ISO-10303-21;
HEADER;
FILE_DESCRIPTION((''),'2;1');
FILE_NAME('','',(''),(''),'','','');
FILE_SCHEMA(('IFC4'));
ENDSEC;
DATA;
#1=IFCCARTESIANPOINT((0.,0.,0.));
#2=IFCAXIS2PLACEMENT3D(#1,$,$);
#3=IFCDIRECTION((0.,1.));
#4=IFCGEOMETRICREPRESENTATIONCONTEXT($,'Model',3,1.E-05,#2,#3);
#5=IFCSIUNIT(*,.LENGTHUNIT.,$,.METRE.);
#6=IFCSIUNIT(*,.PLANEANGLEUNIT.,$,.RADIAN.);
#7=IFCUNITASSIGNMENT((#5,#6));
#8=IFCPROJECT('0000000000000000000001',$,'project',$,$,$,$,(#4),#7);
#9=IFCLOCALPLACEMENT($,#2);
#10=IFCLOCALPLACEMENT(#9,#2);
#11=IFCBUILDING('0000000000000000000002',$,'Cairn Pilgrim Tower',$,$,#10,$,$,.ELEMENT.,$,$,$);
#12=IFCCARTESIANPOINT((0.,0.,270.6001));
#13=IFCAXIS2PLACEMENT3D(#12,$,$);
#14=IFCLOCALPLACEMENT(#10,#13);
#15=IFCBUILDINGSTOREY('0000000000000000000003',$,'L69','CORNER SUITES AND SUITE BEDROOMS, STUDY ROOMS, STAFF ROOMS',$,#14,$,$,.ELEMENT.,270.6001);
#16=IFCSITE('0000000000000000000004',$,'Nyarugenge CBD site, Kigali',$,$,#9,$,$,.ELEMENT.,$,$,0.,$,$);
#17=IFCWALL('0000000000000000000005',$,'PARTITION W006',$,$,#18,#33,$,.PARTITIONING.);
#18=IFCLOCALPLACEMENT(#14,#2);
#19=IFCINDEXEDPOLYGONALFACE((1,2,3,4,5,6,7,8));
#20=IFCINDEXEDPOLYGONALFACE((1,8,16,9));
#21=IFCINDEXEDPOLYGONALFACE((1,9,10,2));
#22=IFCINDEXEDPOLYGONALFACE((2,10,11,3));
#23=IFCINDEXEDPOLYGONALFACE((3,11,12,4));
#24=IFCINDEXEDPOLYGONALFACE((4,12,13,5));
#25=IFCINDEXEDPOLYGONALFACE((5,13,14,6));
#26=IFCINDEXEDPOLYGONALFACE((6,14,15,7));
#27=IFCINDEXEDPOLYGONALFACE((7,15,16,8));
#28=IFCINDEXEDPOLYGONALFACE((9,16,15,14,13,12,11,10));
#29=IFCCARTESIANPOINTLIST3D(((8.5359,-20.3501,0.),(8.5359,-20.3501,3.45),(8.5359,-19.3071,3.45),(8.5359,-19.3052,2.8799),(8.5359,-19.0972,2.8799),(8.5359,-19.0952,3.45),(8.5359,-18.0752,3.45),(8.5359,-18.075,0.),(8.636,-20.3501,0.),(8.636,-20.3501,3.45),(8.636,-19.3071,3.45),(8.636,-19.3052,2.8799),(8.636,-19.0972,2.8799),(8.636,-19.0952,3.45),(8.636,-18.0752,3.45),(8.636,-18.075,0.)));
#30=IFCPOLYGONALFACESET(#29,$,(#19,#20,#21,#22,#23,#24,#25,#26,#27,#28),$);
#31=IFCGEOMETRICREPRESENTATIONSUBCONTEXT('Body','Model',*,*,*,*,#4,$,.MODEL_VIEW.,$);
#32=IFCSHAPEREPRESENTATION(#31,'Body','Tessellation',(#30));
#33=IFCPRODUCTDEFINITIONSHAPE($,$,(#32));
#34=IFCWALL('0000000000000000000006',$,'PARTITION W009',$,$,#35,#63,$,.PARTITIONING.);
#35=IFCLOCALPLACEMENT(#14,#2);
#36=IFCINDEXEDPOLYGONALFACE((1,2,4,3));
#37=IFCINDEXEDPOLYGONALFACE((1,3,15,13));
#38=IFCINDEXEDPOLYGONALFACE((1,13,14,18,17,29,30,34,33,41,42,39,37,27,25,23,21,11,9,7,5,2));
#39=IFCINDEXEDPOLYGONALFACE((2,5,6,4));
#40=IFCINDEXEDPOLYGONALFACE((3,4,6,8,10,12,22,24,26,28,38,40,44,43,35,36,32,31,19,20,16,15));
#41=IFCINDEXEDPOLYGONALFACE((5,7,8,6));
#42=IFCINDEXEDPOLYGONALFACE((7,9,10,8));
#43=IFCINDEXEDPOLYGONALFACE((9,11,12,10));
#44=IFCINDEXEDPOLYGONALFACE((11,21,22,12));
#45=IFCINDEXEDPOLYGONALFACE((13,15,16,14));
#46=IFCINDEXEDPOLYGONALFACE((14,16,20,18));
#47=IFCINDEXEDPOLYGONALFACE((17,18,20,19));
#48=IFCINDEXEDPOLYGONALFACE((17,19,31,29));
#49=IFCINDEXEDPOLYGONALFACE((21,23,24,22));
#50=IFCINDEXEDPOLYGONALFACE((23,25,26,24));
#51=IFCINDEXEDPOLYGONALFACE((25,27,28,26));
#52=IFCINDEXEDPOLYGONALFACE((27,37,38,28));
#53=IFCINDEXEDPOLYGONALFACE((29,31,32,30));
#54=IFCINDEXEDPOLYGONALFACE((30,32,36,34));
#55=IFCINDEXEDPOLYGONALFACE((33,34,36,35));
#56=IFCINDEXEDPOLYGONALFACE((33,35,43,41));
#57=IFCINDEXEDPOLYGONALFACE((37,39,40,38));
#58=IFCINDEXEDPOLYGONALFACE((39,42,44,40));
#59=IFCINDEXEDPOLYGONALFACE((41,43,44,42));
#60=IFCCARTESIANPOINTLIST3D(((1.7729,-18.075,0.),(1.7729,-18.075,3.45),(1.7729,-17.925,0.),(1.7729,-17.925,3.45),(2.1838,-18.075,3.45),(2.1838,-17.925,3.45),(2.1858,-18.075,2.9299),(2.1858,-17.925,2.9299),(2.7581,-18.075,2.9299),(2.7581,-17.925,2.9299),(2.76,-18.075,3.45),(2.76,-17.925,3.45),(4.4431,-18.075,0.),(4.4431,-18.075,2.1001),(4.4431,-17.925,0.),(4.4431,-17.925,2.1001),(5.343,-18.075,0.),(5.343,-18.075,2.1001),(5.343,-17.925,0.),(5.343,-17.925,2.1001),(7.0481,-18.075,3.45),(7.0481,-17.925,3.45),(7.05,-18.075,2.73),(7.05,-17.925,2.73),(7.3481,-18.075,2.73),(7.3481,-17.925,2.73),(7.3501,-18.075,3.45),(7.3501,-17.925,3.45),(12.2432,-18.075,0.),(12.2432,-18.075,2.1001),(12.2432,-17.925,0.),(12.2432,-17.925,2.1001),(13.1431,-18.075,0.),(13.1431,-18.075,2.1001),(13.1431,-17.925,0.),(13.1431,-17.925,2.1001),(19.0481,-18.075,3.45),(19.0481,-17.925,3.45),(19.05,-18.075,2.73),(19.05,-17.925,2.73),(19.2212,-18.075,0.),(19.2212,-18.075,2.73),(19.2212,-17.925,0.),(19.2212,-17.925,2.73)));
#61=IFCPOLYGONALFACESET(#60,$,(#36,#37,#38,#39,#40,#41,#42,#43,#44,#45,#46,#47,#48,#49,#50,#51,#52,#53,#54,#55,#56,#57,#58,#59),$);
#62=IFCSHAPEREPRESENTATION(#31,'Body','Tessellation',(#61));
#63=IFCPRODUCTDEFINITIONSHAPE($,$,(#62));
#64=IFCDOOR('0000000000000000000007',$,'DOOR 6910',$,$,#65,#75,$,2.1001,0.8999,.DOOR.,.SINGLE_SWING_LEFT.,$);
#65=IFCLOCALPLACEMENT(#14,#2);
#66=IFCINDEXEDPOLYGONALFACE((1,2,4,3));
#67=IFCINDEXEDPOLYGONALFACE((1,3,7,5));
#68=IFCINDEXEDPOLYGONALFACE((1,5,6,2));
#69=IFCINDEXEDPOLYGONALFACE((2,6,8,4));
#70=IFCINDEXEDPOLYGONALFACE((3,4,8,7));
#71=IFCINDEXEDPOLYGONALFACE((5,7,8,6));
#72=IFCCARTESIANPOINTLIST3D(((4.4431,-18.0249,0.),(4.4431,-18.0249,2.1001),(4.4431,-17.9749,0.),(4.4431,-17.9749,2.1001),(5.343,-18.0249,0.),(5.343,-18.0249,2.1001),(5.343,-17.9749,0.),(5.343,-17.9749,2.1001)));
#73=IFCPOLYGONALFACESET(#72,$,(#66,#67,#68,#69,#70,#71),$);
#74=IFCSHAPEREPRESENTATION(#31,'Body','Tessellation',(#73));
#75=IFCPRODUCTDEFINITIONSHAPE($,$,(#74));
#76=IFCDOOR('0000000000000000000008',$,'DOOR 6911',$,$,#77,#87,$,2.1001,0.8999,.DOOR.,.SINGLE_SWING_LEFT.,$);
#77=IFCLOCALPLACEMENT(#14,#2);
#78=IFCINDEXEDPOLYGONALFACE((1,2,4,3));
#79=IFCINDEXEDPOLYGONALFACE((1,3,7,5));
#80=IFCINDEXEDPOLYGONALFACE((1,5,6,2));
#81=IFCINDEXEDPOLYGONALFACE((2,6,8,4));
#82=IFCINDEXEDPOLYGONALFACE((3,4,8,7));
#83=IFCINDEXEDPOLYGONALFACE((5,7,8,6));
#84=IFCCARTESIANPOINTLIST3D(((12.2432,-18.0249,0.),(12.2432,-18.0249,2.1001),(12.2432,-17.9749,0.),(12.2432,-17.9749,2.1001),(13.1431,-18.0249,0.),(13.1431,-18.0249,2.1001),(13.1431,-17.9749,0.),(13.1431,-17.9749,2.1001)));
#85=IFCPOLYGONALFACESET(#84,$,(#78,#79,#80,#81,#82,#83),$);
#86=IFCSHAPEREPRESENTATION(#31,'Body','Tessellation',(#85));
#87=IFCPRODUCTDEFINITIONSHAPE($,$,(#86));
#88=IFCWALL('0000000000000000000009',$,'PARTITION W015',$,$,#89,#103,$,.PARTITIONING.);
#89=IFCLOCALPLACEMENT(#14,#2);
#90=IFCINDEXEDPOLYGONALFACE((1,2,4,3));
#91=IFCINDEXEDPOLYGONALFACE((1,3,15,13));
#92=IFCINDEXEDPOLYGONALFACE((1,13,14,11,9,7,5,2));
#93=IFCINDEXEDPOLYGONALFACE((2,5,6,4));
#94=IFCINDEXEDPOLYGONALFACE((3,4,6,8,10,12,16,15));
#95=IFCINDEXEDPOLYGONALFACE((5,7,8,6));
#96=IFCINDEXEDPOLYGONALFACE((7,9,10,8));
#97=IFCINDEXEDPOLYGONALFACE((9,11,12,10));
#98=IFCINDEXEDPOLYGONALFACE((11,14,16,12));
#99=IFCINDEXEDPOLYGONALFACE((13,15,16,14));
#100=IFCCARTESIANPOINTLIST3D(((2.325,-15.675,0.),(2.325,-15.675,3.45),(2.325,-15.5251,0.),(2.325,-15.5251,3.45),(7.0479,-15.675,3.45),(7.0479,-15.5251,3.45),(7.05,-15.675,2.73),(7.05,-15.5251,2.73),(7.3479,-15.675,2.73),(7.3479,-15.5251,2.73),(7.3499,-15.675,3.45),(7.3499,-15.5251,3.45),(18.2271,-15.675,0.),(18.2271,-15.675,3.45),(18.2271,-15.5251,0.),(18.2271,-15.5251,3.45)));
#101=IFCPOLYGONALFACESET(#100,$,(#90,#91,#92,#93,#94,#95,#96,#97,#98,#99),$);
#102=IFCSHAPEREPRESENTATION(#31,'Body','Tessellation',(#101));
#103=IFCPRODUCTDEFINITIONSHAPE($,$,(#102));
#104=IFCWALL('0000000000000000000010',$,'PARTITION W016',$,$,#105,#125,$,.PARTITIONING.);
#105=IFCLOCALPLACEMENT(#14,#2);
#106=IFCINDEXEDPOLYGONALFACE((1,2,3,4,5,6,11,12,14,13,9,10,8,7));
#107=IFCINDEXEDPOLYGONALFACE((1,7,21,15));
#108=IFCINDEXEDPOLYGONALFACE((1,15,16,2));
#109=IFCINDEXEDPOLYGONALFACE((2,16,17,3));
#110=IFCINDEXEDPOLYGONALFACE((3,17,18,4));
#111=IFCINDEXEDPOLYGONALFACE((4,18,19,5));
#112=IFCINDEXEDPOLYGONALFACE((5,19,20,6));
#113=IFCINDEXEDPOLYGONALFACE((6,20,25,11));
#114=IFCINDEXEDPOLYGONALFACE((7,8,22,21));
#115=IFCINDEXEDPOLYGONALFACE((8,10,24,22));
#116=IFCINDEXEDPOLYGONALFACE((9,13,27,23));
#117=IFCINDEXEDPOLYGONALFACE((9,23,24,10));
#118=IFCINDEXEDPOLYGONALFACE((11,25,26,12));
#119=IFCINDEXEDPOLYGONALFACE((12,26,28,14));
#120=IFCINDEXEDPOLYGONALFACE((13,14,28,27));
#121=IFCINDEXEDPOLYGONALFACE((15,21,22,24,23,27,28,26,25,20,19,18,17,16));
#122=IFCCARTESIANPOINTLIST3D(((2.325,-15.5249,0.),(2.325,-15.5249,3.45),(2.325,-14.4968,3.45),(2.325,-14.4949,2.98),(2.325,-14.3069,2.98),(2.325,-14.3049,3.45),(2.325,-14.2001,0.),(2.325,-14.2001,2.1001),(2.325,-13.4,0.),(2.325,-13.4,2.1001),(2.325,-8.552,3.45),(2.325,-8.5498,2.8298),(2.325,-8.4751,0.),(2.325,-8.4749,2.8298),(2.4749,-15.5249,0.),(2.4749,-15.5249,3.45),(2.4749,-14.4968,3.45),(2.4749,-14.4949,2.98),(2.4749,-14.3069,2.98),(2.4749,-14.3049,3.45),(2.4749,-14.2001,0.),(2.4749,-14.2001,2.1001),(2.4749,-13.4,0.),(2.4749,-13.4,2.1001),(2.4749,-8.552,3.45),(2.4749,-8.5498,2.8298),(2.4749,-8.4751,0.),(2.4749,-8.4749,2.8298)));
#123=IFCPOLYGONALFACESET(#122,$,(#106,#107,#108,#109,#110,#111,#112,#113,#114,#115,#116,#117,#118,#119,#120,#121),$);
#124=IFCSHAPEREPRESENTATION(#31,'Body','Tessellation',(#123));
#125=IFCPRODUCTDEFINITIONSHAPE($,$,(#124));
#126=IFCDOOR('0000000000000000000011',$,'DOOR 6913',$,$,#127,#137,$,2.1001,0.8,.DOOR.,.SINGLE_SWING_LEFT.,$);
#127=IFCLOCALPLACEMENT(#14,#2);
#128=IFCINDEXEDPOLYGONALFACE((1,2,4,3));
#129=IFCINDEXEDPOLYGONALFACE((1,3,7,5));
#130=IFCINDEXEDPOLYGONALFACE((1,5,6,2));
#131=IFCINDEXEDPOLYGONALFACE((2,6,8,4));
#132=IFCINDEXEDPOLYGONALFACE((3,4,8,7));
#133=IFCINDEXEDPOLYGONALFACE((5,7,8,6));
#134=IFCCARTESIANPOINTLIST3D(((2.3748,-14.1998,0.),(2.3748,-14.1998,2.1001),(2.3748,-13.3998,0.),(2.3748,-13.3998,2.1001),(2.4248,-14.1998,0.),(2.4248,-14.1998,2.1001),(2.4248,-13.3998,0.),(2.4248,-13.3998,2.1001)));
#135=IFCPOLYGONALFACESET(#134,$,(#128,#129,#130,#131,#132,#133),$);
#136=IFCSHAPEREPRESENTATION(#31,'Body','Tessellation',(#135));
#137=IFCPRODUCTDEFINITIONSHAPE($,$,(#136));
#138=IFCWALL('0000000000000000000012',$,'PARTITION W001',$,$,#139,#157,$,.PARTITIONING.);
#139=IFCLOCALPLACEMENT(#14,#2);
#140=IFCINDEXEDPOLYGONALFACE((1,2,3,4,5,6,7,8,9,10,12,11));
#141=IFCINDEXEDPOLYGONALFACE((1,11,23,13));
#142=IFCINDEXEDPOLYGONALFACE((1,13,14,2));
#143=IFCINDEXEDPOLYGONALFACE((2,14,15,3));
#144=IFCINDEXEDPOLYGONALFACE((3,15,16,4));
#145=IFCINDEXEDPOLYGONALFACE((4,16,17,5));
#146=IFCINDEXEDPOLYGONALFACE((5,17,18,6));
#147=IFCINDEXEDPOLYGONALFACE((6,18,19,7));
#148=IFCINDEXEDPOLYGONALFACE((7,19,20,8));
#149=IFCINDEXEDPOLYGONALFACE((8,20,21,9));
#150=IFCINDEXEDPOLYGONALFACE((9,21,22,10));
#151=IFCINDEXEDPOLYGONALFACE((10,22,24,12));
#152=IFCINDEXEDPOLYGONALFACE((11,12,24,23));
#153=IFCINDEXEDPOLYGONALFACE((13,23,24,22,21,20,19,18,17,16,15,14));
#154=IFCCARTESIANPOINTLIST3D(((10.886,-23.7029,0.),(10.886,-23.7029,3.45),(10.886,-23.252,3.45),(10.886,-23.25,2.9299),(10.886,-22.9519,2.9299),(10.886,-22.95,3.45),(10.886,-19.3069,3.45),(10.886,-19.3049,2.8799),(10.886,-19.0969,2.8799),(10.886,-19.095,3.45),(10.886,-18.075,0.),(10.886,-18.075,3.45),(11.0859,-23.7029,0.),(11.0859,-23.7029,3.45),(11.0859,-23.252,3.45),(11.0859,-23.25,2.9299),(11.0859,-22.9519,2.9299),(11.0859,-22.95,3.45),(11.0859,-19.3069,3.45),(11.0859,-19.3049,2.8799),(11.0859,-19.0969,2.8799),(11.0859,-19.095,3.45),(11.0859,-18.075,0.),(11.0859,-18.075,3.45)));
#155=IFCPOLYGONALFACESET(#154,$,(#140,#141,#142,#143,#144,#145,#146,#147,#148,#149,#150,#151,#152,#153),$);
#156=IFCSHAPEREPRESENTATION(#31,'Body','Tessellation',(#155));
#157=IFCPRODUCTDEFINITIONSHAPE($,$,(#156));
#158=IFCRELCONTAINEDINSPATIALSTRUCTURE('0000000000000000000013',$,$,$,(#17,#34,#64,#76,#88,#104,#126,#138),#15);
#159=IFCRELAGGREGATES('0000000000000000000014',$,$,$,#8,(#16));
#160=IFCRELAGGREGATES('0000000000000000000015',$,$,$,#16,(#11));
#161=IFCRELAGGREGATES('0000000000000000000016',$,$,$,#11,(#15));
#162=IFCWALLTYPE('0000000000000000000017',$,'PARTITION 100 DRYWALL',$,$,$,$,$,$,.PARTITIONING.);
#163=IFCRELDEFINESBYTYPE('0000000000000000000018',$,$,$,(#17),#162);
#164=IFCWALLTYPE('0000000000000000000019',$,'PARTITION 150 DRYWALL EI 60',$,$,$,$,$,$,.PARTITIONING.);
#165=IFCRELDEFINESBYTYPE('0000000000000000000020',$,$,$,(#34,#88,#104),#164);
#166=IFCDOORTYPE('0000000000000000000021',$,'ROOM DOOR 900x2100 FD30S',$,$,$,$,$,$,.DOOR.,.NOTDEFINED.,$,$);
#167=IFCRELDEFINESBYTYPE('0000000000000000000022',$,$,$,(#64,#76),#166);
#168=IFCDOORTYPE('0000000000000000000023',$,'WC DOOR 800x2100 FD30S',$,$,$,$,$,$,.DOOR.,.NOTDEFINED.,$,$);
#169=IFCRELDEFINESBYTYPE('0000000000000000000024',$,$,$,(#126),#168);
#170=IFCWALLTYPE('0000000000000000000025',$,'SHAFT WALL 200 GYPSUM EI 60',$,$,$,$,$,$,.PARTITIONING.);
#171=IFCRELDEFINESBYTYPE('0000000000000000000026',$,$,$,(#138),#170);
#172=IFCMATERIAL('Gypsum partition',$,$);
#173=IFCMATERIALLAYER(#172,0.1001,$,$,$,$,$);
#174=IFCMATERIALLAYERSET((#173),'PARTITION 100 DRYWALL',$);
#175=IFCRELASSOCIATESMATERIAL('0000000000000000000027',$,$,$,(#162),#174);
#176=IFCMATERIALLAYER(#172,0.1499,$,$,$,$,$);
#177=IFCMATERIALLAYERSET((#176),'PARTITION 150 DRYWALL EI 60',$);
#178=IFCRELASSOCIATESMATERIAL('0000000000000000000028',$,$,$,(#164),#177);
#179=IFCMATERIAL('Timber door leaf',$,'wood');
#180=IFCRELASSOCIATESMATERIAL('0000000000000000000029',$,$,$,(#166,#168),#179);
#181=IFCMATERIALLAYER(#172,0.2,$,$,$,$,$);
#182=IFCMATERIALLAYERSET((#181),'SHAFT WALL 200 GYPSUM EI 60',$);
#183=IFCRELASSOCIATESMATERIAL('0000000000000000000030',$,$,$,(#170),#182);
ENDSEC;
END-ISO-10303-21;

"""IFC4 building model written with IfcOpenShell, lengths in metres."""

from ifc_helpers import new_model, si_unit, direction, frame, frame_2d, origin, place, context, subcontext, project, spatial, polyline, rectangle, outline, extrude, material, layer, layer_set, type_object, element, fill, save


model = new_model("IFC4")

# Units and contexts
model_context = context("Model", 3, precision=1e-05, world=origin(), true_north=direction((0.0, 1.0)))
body_context = subcontext(model_context, "Body", "Model", "MODEL_VIEW")
ifc_project = project(units=[si_unit("LENGTHUNIT", "METRE"), si_unit("PLANEANGLEUNIT", "RADIAN")], contexts=[model_context])

# Site, building, storey
site_placement = place(None, origin())
site = spatial("IfcSite", under=ifc_project, at=site_placement, Name="Nyarugenge CBD site, Kigali", CompositionType="ELEMENT", RefElevation=0.0)
building_placement = place(site_placement, origin())
building = spatial("IfcBuilding", under=site, at=building_placement, Name="Cairn Pilgrim Tower", CompositionType="ELEMENT")
storey_placement = place(building_placement, frame((0.0, 0.0, 270.6001)))
storey = spatial("IfcBuildingStorey", under=building, at=storey_placement, Name="L69", Description="CORNER SUITES AND SUITE BEDROOMS, STUDY ROOMS, STAFF ROOMS", CompositionType="ELEMENT", Elevation=270.6001)

# Shared definitions
ifc_material_1 = material(Name="Gypsum partition")
ifc_layer_1 = layer(ifc_material_1, 0.1001)
ifc_layer_set_1 = layer_set([ifc_layer_1], Name="PARTITION 100 DRYWALL")
wall_type_1 = type_object("IfcWallType", Name="PARTITION 100 DRYWALL", PredefinedType="PARTITIONING", material=ifc_layer_set_1)
ifc_material_2 = material(Name="Timber door leaf", Category="wood")

# Wall
wall_1_placement = place(storey_placement, frame((8.5859, -20.3501, 0.0), z_axis=(0.0, 0.0, 1.0), x_axis=(0.0, 1.0, 0.0)))
element("IfcWall", 1, at=wall_1_placement, inside=storey, type_object=wall_type_1, Name="PARTITION W006", PredefinedType="PARTITIONING", context=body_context, shape_type="SweptSolid", body=[
    extrude(outline(polyline([(0.0, 0.0), (2.2751, 0.0), (2.2749, 3.45), (1.2549, 3.45), (1.2529, 2.8799), (1.0449, 2.8799), (1.043, 3.45), (0.0, 3.45), (0.0, 0.0)])), frame((0.0, 0.05, 0.0), z_axis=(0.0, -1.0, 0.0), x_axis=(1.0, 0.0, 0.0)), (0.0, 0.0, 1.0), 0.1001),
])

# Wall, openings, doors
ifc_layer_2 = layer(ifc_material_1, 0.1499)
ifc_layer_set_2 = layer_set([ifc_layer_2], Name="PARTITION 150 DRYWALL EI 60")
wall_type_2 = type_object("IfcWallType", Name="PARTITION 150 DRYWALL EI 60", PredefinedType="PARTITIONING", material=ifc_layer_set_2)
wall_2_placement = place(storey_placement, frame((1.7729, -18.0, 0.0), z_axis=(0.0, 0.0, 1.0), x_axis=(1.0, 0.0, 0.0)))
wall_2 = element("IfcWall", 2, at=wall_2_placement, inside=storey, type_object=wall_type_2, Name="PARTITION W009", PredefinedType="PARTITIONING", context=body_context, shape_type="SweptSolid", body=[
    extrude(outline(polyline([(0.0, 0.0), (17.4482, 0.0), (17.4482, 2.73), (17.2771, 2.73), (17.2751, 3.45), (5.5771, 3.45), (5.5752, 2.73), (5.2771, 2.73), (5.2751, 3.45), (0.9871, 3.45), (0.9851, 2.9299), (0.4128, 2.9299), (0.4109, 3.45), (0.0, 3.45), (0.0, 0.0)])), frame((0.0, 0.075, 0.0), z_axis=(0.0, -1.0, 0.0), x_axis=(1.0, 0.0, 0.0)), (0.0, 0.0, 1.0), 0.1499),
])
opening_1_placement = place(wall_2_placement, frame((2.6702, 0.0, 0.0)))
opening_1 = element("IfcOpeningElement", 3, at=opening_1_placement, cuts=wall_2, PredefinedType="OPENING", context=body_context, shape_type="SweptSolid", body=[
    extrude(rectangle(XDim=0.8999, YDim=2.1001, at=frame_2d((0.45, 1.05))), frame((0.0, 0.085, 0.0), z_axis=(0.0, -1.0, 0.0), x_axis=(1.0, 0.0, 0.0)), (0.0, 0.0, 1.0), 0.1699),
])
opening_2_placement = place(wall_2_placement, frame((10.4702, 0.0, 0.0)))
opening_2 = element("IfcOpeningElement", 4, at=opening_2_placement, cuts=wall_2, PredefinedType="OPENING", context=body_context, shape_type="SweptSolid", body=[
    extrude(rectangle(XDim=0.8999, YDim=2.1001, at=frame_2d((0.45, 1.05))), frame((0.0, 0.085, 0.0), z_axis=(0.0, -1.0, 0.0), x_axis=(1.0, 0.0, 0.0)), (0.0, 0.0, 1.0), 0.1699),
])
door_type_1 = type_object("IfcDoorType", Name="ROOM DOOR 900x2100 FD30S", OperationType="NOTDEFINED", PredefinedType="DOOR", material=ifc_material_2)
door_1_placement = place(opening_1_placement, frame((0.8999, 0.0, 0.0), z_axis=(0.0, 0.0, 1.0), x_axis=(-1.0, 0.0, 0.0)))
door_1 = element("IfcDoor", 5, at=door_1_placement, inside=storey, type_object=door_type_1, Name="DOOR 6910", OperationType="SINGLE_SWING_LEFT", OverallHeight=2.1001, OverallWidth=0.8999, PredefinedType="DOOR", context=body_context, shape_type="SweptSolid", body=[
    extrude(rectangle(XDim=0.8999, YDim=2.1001, at=frame_2d((0.45, 1.05))), frame((0.0, 0.0249, 0.0), z_axis=(0.0, -1.0, 0.0), x_axis=(1.0, 0.0, 0.0)), (0.0, 0.0, 1.0), 0.05),
])
fill(opening_1, door_1)
door_2_placement = place(opening_2_placement, frame((0.8999, 0.0, 0.0), z_axis=(0.0, 0.0, 1.0), x_axis=(-1.0, 0.0, 0.0)))
door_2 = element("IfcDoor", 6, at=door_2_placement, inside=storey, type_object=door_type_1, Name="DOOR 6911", OperationType="SINGLE_SWING_LEFT", OverallHeight=2.1001, OverallWidth=0.8999, PredefinedType="DOOR", context=body_context, shape_type="SweptSolid", body=[
    extrude(rectangle(XDim=0.8999, YDim=2.1001, at=frame_2d((0.45, 1.05))), frame((0.0, 0.0249, 0.0), z_axis=(0.0, -1.0, 0.0), x_axis=(1.0, 0.0, 0.0)), (0.0, 0.0, 1.0), 0.05),
])
fill(opening_2, door_2)

# Wall
wall_3_placement = place(storey_placement, frame((2.325, -15.6001, 0.0), z_axis=(0.0, 0.0, 1.0), x_axis=(1.0, 0.0, 0.0)))
element("IfcWall", 7, at=wall_3_placement, inside=storey, type_object=wall_type_2, Name="PARTITION W015", PredefinedType="PARTITIONING", context=body_context, shape_type="SweptSolid", body=[
    extrude(outline(polyline([(0.0, 0.0), (15.9021, 0.0), (15.9021, 3.45), (5.0249, 3.45), (5.0229, 2.73), (4.7251, 2.73), (4.7229, 3.45), (0.0, 3.45), (0.0, 0.0)])), frame((0.0, 0.075, 0.0), z_axis=(0.0, -1.0, 0.0), x_axis=(1.0, 0.0, 0.0)), (0.0, 0.0, 1.0), 0.1499),
])

# Wall, opening, door
wall_4_placement = place(storey_placement, frame((2.3999, -15.5249, 0.0), z_axis=(0.0, 0.0, 1.0), x_axis=(0.0, 1.0, 0.0)))
wall_4 = element("IfcWall", 8, at=wall_4_placement, inside=storey, type_object=wall_type_2, Name="PARTITION W016", PredefinedType="PARTITIONING", context=body_context, shape_type="SweptSolid", body=[
    extrude(outline(polyline([(0.0, 0.0), (7.0498, 0.0), (7.05, 2.8298), (6.9751, 2.8298), (6.9729, 3.45), (1.22, 3.45), (1.218, 2.98), (1.03, 2.98), (1.0281, 3.45), (0.0, 3.45), (0.0, 0.0)])), frame((0.0, 0.075, 0.0), z_axis=(0.0, -1.0, 0.0), x_axis=(1.0, 0.0, 0.0)), (0.0, 0.0, 1.0), 0.1499),
])
opening_3_placement = place(wall_4_placement, frame((1.325, 0.0, 0.0)))
opening_3 = element("IfcOpeningElement", 9, at=opening_3_placement, cuts=wall_4, PredefinedType="OPENING", context=body_context, shape_type="SweptSolid", body=[
    extrude(rectangle(XDim=0.8, YDim=2.1001, at=frame_2d((0.3999, 1.05))), frame((0.0, 0.085, 0.0), z_axis=(0.0, -1.0, 0.0), x_axis=(1.0, 0.0, 0.0)), (0.0, 0.0, 1.0), 0.1699),
])
door_type_2 = type_object("IfcDoorType", Name="WC DOOR 800x2100 FD30S", OperationType="NOTDEFINED", PredefinedType="DOOR", material=ifc_material_2)
door_3_placement = place(opening_3_placement, frame((0.8, 0.0, 0.0), z_axis=(0.0, 0.0, 1.0), x_axis=(-1.0, 0.0, 0.0)))
door_3 = element("IfcDoor", 10, at=door_3_placement, inside=storey, type_object=door_type_2, Name="DOOR 6913", OperationType="SINGLE_SWING_LEFT", OverallHeight=2.1001, OverallWidth=0.8, PredefinedType="DOOR", context=body_context, shape_type="SweptSolid", body=[
    extrude(rectangle(XDim=0.8, YDim=2.1001, at=frame_2d((0.3999, 1.05))), frame((0.0, 0.0249, 0.0), z_axis=(0.0, -1.0, 0.0), x_axis=(1.0, 0.0, 0.0)), (0.0, 0.0, 1.0), 0.05),
])
fill(opening_3, door_3)

# Wall
ifc_layer_3 = layer(ifc_material_1, 0.2)
ifc_layer_set_3 = layer_set([ifc_layer_3], Name="SHAFT WALL 200 GYPSUM EI 60")
wall_type_3 = type_object("IfcWallType", Name="SHAFT WALL 200 GYPSUM EI 60", PredefinedType="PARTITIONING", material=ifc_layer_set_3)
wall_5_placement = place(storey_placement, frame((10.9861, -23.7029, 0.0), z_axis=(0.0, 0.0, 1.0), x_axis=(0.0, 1.0, 0.0)))
element("IfcWall", 11, at=wall_5_placement, inside=storey, type_object=wall_type_3, Name="PARTITION W001", PredefinedType="PARTITIONING", context=body_context, shape_type="SweptSolid", body=[
    extrude(outline(polyline([(0.0, 0.0), (5.6279, 0.0), (5.6279, 3.45), (4.6079, 3.45), (4.606, 2.8799), (4.3979, 2.8799), (4.396, 3.45), (0.7529, 3.45), (0.751, 2.9299), (0.4529, 2.9299), (0.4509, 3.45), (0.0, 3.45), (0.0, 0.0)])), frame((0.0, 0.1001, 0.0), z_axis=(0.0, -1.0, 0.0), x_axis=(1.0, 0.0, 0.0)), (0.0, 0.0, 1.0), 0.2),
])

save(model, "model.ifc")
